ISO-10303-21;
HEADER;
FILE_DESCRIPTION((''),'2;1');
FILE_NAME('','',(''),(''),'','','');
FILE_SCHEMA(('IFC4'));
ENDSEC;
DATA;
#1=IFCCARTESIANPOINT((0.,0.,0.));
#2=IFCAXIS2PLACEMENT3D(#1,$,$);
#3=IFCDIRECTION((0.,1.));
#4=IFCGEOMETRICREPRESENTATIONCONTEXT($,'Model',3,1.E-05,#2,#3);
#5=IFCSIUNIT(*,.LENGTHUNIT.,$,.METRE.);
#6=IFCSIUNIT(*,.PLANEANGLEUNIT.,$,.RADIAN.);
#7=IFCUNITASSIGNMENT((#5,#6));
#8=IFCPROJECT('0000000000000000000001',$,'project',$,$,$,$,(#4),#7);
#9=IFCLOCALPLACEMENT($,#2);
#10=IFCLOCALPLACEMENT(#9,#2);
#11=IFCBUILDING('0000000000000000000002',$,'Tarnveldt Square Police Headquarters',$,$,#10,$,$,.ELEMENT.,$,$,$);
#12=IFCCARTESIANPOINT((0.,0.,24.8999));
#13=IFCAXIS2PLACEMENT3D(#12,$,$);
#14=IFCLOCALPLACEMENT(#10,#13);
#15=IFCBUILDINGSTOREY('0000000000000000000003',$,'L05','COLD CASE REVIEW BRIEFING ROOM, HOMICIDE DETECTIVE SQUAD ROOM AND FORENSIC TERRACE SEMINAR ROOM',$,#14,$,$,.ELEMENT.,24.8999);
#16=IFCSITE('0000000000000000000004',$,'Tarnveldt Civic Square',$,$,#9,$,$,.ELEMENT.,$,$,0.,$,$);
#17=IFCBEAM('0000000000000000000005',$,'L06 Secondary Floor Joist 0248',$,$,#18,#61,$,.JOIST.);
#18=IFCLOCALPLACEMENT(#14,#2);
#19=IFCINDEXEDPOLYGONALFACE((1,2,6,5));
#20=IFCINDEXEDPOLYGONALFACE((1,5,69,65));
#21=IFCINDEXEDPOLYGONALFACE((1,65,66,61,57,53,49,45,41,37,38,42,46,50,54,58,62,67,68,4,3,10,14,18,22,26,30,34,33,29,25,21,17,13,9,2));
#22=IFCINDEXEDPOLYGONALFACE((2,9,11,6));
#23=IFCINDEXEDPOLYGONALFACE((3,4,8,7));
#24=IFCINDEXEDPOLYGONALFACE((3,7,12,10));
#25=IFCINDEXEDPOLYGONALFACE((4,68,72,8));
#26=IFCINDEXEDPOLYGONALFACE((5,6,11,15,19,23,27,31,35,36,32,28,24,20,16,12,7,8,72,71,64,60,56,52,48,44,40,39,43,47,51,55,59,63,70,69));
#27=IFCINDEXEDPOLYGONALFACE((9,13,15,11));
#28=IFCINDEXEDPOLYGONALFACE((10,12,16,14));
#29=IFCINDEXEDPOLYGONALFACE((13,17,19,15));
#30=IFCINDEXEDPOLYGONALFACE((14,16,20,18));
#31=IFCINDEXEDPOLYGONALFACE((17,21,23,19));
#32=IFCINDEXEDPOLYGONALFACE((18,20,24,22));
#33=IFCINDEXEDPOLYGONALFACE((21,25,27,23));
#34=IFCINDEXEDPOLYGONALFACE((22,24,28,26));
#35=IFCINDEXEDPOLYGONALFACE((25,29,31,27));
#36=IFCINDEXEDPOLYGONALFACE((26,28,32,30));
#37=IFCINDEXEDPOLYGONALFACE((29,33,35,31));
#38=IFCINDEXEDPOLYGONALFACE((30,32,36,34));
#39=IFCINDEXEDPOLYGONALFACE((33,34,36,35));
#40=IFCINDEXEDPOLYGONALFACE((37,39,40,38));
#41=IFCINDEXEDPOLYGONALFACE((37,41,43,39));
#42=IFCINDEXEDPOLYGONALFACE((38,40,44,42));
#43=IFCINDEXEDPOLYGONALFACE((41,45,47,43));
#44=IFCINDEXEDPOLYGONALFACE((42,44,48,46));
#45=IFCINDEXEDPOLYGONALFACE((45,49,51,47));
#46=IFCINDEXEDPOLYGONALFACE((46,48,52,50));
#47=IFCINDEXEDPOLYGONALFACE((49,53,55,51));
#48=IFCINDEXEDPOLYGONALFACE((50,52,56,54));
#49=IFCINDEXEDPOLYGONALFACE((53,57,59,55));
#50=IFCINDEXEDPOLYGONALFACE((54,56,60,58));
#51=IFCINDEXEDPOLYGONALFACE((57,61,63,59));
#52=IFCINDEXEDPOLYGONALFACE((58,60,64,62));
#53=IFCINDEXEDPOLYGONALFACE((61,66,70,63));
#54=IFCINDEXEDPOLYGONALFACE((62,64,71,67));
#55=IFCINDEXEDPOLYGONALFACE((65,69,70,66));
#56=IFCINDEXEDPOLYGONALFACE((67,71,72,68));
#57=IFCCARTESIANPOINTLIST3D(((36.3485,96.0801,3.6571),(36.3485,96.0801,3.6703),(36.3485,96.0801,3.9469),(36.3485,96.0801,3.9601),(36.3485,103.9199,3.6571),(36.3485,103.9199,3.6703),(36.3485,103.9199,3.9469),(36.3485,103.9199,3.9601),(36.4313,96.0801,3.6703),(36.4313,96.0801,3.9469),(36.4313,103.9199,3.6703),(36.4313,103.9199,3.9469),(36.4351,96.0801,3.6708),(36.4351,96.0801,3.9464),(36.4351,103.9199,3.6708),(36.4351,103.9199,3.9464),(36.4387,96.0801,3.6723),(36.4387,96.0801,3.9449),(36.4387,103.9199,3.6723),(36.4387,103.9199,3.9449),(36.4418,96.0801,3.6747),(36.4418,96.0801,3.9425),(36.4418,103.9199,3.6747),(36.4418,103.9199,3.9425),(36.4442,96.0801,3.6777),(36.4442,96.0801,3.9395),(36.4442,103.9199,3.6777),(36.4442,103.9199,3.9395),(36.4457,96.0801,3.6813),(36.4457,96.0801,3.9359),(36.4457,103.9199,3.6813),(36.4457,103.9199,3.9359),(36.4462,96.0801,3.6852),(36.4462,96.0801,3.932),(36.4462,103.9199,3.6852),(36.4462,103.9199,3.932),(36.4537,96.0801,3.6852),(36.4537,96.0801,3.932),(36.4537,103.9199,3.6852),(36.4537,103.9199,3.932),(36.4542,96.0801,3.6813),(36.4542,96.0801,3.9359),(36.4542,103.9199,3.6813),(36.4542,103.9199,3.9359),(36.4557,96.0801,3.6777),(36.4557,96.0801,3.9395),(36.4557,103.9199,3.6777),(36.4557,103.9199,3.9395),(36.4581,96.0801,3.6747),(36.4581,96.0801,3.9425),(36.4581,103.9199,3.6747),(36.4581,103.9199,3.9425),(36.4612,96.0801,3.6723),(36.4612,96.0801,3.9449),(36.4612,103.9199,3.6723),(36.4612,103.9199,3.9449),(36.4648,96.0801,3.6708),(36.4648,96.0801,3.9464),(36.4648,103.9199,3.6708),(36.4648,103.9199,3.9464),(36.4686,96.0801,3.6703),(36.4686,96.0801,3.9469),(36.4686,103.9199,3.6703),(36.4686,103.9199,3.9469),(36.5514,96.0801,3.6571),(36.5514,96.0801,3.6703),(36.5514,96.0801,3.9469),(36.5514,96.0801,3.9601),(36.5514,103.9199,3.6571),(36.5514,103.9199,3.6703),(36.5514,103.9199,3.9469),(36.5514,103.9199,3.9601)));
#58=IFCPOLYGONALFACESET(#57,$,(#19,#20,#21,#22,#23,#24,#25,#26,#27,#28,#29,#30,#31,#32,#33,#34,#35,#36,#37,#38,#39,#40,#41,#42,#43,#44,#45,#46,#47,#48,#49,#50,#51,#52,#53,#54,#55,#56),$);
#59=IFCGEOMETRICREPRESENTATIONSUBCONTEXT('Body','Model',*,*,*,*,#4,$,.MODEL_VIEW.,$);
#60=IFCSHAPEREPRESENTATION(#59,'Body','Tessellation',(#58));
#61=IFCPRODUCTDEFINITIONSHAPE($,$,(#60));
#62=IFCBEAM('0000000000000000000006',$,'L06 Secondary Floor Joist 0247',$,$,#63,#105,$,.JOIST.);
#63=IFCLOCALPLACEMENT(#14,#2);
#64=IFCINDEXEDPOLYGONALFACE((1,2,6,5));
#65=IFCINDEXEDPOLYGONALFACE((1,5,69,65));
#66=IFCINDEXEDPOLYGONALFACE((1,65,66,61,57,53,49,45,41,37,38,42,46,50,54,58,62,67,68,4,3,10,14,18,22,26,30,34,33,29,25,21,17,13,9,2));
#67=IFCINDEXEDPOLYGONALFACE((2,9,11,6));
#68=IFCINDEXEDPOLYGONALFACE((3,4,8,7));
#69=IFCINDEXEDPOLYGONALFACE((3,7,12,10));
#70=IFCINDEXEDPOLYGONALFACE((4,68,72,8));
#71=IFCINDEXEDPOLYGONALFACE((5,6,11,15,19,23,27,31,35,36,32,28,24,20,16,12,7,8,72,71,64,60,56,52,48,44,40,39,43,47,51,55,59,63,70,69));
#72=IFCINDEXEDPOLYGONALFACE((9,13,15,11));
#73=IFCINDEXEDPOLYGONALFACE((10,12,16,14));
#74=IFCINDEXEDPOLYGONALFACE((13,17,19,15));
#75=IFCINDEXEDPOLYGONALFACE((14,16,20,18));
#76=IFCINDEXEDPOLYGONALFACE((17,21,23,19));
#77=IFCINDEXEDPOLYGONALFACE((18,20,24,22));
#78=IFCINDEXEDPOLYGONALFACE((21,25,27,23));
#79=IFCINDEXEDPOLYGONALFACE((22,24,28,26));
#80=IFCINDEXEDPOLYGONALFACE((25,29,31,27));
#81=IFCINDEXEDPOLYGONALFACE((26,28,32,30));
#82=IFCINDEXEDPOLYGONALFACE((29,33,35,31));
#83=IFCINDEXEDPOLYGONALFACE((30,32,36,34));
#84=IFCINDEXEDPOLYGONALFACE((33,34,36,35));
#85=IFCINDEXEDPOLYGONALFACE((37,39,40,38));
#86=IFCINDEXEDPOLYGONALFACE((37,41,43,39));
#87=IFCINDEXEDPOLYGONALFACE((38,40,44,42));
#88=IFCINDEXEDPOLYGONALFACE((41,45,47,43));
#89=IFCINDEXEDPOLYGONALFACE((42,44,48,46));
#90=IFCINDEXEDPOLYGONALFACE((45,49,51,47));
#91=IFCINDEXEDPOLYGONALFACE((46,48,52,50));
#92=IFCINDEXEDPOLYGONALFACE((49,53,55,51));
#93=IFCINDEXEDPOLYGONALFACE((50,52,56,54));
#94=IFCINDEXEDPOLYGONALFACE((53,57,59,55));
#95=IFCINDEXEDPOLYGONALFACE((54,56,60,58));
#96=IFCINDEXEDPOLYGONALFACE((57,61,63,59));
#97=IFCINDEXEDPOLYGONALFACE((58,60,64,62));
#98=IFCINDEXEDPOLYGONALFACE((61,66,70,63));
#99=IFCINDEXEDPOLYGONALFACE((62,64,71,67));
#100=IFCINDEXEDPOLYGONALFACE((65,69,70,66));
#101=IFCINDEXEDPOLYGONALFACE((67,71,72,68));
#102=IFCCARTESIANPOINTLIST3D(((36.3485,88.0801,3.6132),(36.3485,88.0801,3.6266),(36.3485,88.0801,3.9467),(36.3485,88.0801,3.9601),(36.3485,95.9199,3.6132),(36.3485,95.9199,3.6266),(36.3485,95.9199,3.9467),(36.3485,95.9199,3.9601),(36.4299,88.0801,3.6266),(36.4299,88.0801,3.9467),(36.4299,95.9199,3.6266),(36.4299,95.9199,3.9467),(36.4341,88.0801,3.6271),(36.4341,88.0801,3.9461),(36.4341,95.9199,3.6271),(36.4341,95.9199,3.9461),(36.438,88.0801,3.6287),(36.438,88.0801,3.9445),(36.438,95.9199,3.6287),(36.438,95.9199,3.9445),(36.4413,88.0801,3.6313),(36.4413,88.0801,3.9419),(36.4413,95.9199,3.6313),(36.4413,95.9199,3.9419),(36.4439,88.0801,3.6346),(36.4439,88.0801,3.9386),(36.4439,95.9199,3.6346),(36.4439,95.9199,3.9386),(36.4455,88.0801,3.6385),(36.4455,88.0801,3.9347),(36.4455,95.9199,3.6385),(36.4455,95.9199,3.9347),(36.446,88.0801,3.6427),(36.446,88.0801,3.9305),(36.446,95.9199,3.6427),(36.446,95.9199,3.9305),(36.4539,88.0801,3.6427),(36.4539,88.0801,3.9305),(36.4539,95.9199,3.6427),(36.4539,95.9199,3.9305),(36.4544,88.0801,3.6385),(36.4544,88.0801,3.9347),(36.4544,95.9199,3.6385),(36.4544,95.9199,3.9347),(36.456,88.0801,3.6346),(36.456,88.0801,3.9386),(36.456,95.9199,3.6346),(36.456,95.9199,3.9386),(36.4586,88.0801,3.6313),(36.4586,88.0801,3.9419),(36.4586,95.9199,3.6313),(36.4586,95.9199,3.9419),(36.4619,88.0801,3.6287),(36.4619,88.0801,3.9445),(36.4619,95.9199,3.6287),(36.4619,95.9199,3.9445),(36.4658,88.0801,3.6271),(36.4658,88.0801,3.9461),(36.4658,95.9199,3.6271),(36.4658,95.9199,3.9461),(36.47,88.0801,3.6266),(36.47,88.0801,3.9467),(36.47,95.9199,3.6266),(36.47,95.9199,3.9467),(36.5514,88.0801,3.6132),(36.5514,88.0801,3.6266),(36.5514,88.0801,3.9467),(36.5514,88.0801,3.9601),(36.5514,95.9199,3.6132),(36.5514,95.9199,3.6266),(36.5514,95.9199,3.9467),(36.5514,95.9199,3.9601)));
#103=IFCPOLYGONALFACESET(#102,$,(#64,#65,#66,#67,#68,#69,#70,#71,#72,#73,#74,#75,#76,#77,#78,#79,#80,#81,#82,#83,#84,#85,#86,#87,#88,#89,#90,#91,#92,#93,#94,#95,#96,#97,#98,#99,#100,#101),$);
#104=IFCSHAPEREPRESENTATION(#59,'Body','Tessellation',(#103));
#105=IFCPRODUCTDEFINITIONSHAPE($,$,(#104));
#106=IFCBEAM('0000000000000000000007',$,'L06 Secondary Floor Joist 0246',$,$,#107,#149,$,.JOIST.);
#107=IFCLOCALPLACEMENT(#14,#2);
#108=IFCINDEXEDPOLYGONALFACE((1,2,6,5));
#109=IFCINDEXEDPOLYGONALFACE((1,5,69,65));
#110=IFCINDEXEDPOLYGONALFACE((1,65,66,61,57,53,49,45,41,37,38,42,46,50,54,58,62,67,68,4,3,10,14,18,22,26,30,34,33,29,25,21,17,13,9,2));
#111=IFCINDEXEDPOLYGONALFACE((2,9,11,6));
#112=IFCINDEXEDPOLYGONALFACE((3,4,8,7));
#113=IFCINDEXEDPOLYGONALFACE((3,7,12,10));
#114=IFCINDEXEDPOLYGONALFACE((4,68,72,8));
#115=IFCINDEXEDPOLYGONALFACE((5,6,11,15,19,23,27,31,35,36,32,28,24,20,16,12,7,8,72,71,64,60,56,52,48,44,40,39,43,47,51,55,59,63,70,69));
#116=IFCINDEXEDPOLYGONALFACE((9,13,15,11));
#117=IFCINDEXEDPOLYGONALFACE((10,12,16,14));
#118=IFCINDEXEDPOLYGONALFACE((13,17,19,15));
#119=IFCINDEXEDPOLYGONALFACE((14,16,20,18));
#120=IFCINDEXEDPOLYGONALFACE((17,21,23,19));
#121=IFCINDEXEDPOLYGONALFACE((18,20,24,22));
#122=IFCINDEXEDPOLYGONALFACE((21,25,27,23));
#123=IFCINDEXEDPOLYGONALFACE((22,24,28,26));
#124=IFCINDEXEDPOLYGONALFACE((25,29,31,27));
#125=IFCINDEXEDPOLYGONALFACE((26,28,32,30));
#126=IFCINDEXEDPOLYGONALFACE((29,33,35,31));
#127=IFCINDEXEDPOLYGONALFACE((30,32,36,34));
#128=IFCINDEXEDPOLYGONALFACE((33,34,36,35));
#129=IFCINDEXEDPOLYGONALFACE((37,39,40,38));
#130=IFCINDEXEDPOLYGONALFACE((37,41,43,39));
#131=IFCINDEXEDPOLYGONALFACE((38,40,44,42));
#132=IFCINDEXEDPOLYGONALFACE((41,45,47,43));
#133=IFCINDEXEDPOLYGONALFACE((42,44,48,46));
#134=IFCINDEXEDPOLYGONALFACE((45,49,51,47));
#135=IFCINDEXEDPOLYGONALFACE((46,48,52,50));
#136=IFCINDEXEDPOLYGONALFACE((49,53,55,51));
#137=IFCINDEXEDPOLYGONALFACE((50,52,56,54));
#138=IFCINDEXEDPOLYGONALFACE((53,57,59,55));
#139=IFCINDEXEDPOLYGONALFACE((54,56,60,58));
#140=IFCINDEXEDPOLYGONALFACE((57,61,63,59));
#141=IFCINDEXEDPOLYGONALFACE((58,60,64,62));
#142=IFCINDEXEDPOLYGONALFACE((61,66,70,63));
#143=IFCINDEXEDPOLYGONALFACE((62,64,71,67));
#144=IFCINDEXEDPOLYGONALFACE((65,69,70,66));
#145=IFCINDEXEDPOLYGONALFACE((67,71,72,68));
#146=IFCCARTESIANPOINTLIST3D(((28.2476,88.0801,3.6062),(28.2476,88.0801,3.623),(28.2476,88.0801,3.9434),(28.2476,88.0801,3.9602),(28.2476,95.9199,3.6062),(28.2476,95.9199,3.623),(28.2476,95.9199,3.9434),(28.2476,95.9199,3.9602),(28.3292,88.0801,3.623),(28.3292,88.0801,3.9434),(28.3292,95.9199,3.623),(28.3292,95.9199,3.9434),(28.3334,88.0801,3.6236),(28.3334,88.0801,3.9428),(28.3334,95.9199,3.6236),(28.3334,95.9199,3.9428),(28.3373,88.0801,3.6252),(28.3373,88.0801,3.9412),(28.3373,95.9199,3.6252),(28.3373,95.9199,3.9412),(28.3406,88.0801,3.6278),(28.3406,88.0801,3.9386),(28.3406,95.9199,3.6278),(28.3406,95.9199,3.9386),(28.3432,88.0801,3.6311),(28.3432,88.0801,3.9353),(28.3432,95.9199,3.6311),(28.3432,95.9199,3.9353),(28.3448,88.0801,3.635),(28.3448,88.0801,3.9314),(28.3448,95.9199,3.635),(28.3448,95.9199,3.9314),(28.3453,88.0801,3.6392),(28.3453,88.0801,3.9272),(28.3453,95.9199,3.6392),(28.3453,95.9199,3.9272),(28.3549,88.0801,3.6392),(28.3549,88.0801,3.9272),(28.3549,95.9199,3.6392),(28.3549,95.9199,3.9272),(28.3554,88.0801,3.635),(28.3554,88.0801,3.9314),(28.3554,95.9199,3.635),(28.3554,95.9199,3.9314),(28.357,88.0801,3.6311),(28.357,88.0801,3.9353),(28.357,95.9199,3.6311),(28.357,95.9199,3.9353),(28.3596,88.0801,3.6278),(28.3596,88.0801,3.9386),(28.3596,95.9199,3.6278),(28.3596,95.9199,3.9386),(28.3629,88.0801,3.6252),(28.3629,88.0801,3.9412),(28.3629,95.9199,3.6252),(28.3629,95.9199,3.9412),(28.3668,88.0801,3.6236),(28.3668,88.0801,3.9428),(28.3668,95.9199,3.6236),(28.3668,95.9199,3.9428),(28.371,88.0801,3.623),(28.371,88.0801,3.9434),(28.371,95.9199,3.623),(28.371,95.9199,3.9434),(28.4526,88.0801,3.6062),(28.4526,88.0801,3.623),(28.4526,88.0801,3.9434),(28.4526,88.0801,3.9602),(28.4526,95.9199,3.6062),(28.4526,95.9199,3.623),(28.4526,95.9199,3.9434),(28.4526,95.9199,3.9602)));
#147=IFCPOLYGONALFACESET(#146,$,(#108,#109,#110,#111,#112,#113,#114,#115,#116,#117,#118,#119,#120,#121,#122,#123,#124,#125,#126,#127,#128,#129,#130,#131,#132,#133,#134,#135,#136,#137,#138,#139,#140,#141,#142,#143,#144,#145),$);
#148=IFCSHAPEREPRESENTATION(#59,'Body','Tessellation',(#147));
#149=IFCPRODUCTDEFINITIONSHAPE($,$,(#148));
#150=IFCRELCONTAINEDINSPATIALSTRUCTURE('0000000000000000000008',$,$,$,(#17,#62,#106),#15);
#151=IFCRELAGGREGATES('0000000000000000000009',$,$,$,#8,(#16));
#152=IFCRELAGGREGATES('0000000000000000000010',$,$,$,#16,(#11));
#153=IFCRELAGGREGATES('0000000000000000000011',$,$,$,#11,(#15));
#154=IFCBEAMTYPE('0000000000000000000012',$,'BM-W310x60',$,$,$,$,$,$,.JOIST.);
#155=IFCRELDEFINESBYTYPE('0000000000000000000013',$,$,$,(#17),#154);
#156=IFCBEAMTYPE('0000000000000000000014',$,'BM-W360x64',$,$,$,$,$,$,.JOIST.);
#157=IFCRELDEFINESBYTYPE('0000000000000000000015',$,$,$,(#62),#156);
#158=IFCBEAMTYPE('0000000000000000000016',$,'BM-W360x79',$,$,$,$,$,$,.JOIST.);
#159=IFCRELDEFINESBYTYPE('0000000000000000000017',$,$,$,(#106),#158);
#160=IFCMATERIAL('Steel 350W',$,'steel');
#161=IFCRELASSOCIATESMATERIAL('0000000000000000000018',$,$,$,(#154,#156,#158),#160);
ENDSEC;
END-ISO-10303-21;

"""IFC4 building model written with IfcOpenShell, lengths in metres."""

from ifc_helpers import new_model, si_unit, direction, frame, origin, origin_2d, place, context, subcontext, project, spatial, i_section, extrude, material, material_profile, profile_set, type_object, element, save


model = new_model("IFC4")

# Units and contexts
model_context = context("Model", 3, precision=1e-05, world=origin(), true_north=direction((0.0, 1.0)))
body_context = subcontext(model_context, "Body", "Model", "MODEL_VIEW")
ifc_project = project(units=[si_unit("LENGTHUNIT", "METRE"), si_unit("PLANEANGLEUNIT", "RADIAN")], contexts=[model_context])

# Site, building, storey
site_placement = place(None, origin())
site = spatial("IfcSite", under=ifc_project, at=site_placement, Name="Tarnveldt Civic Square", CompositionType="ELEMENT", RefElevation=0.0)
building_placement = place(site_placement, origin())
building = spatial("IfcBuilding", under=site, at=building_placement, Name="Tarnveldt Square Police Headquarters", CompositionType="ELEMENT")
storey_placement = place(building_placement, frame((0.0, 0.0, 24.8999)))
storey = spatial("IfcBuildingStorey", under=building, at=storey_placement, Name="L05", Description="COLD CASE REVIEW BRIEFING ROOM, HOMICIDE DETECTIVE SQUAD ROOM AND FORENSIC TERRACE SEMINAR ROOM", CompositionType="ELEMENT", Elevation=24.8999)

# Shared definitions
ifc_material_1 = material(Name="Steel 350W", Category="steel")

# Beams
ifc_material_profile_1 = material_profile(ifc_material_1, i_section(OverallWidth=0.2029, OverallDepth=0.303, WebThickness=0.0076, FlangeThickness=0.0132, FilletRadius=0.0149, at=origin_2d()), Name="W310x60")
ifc_profile_set_1 = profile_set([ifc_material_profile_1], Name="Steel 350W")
beam_type_1 = type_object("IfcBeamType", Name="BM-W310x60", PredefinedType="JOIST", material=ifc_profile_set_1)
beam_1_placement = place(storey_placement, frame((36.45, 96.0801, 3.8086), z_axis=(0.0, 1.0, 0.0), x_axis=(-1.0, 0.0, 0.0)))
element("IfcBeam", 1, at=beam_1_placement, inside=storey, type_object=beam_type_1, Name="L06 Secondary Floor Joist 0248", PredefinedType="JOIST", context=body_context, shape_type="SweptSolid", body=[
    extrude(i_section(OverallWidth=0.2029, OverallDepth=0.303, WebThickness=0.0076, FlangeThickness=0.0132, FilletRadius=0.0149, at=origin_2d()), origin(), (0.0, 0.0, 1.0), 7.8398),
])
ifc_material_profile_2 = material_profile(ifc_material_1, i_section(OverallWidth=0.2029, OverallDepth=0.3469, WebThickness=0.0078, FlangeThickness=0.0134, FilletRadius=0.0161, at=origin_2d()), Name="W360x64")
ifc_profile_set_2 = profile_set([ifc_material_profile_2], Name="Steel 350W")
beam_type_2 = type_object("IfcBeamType", Name="BM-W360x64", PredefinedType="JOIST", material=ifc_profile_set_2)
beam_2_placement = place(storey_placement, frame((36.45, 88.0801, 3.7866), z_axis=(0.0, 1.0, 0.0), x_axis=(-1.0, 0.0, 0.0)))
element("IfcBeam", 2, at=beam_2_placement, inside=storey, type_object=beam_type_2, Name="L06 Secondary Floor Joist 0247", PredefinedType="JOIST", context=body_context, shape_type="SweptSolid", body=[
    extrude(i_section(OverallWidth=0.2029, OverallDepth=0.3469, WebThickness=0.0078, FlangeThickness=0.0134, FilletRadius=0.0161, at=origin_2d()), origin(), (0.0, 0.0, 1.0), 7.8398),
])
ifc_material_profile_3 = material_profile(ifc_material_1, i_section(OverallWidth=0.2051, OverallDepth=0.354, WebThickness=0.0095, FlangeThickness=0.0168, FilletRadius=0.0161, at=origin_2d()), Name="W360x79")
ifc_profile_set_3 = profile_set([ifc_material_profile_3], Name="Steel 350W")
beam_type_3 = type_object("IfcBeamType", Name="BM-W360x79", PredefinedType="JOIST", material=ifc_profile_set_3)
beam_3_placement = place(storey_placement, frame((28.3501, 88.0801, 3.7832), z_axis=(0.0, 1.0, 0.0), x_axis=(-1.0, 0.0, 0.0)))
element("IfcBeam", 3, at=beam_3_placement, inside=storey, type_object=beam_type_3, Name="L06 Secondary Floor Joist 0246", PredefinedType="JOIST", context=body_context, shape_type="SweptSolid", body=[
    extrude(i_section(OverallWidth=0.2051, OverallDepth=0.354, WebThickness=0.0095, FlangeThickness=0.0168, FilletRadius=0.0161, at=origin_2d()), origin(), (0.0, 0.0, 1.0), 7.8398),
])

save(model, "model.ifc")
